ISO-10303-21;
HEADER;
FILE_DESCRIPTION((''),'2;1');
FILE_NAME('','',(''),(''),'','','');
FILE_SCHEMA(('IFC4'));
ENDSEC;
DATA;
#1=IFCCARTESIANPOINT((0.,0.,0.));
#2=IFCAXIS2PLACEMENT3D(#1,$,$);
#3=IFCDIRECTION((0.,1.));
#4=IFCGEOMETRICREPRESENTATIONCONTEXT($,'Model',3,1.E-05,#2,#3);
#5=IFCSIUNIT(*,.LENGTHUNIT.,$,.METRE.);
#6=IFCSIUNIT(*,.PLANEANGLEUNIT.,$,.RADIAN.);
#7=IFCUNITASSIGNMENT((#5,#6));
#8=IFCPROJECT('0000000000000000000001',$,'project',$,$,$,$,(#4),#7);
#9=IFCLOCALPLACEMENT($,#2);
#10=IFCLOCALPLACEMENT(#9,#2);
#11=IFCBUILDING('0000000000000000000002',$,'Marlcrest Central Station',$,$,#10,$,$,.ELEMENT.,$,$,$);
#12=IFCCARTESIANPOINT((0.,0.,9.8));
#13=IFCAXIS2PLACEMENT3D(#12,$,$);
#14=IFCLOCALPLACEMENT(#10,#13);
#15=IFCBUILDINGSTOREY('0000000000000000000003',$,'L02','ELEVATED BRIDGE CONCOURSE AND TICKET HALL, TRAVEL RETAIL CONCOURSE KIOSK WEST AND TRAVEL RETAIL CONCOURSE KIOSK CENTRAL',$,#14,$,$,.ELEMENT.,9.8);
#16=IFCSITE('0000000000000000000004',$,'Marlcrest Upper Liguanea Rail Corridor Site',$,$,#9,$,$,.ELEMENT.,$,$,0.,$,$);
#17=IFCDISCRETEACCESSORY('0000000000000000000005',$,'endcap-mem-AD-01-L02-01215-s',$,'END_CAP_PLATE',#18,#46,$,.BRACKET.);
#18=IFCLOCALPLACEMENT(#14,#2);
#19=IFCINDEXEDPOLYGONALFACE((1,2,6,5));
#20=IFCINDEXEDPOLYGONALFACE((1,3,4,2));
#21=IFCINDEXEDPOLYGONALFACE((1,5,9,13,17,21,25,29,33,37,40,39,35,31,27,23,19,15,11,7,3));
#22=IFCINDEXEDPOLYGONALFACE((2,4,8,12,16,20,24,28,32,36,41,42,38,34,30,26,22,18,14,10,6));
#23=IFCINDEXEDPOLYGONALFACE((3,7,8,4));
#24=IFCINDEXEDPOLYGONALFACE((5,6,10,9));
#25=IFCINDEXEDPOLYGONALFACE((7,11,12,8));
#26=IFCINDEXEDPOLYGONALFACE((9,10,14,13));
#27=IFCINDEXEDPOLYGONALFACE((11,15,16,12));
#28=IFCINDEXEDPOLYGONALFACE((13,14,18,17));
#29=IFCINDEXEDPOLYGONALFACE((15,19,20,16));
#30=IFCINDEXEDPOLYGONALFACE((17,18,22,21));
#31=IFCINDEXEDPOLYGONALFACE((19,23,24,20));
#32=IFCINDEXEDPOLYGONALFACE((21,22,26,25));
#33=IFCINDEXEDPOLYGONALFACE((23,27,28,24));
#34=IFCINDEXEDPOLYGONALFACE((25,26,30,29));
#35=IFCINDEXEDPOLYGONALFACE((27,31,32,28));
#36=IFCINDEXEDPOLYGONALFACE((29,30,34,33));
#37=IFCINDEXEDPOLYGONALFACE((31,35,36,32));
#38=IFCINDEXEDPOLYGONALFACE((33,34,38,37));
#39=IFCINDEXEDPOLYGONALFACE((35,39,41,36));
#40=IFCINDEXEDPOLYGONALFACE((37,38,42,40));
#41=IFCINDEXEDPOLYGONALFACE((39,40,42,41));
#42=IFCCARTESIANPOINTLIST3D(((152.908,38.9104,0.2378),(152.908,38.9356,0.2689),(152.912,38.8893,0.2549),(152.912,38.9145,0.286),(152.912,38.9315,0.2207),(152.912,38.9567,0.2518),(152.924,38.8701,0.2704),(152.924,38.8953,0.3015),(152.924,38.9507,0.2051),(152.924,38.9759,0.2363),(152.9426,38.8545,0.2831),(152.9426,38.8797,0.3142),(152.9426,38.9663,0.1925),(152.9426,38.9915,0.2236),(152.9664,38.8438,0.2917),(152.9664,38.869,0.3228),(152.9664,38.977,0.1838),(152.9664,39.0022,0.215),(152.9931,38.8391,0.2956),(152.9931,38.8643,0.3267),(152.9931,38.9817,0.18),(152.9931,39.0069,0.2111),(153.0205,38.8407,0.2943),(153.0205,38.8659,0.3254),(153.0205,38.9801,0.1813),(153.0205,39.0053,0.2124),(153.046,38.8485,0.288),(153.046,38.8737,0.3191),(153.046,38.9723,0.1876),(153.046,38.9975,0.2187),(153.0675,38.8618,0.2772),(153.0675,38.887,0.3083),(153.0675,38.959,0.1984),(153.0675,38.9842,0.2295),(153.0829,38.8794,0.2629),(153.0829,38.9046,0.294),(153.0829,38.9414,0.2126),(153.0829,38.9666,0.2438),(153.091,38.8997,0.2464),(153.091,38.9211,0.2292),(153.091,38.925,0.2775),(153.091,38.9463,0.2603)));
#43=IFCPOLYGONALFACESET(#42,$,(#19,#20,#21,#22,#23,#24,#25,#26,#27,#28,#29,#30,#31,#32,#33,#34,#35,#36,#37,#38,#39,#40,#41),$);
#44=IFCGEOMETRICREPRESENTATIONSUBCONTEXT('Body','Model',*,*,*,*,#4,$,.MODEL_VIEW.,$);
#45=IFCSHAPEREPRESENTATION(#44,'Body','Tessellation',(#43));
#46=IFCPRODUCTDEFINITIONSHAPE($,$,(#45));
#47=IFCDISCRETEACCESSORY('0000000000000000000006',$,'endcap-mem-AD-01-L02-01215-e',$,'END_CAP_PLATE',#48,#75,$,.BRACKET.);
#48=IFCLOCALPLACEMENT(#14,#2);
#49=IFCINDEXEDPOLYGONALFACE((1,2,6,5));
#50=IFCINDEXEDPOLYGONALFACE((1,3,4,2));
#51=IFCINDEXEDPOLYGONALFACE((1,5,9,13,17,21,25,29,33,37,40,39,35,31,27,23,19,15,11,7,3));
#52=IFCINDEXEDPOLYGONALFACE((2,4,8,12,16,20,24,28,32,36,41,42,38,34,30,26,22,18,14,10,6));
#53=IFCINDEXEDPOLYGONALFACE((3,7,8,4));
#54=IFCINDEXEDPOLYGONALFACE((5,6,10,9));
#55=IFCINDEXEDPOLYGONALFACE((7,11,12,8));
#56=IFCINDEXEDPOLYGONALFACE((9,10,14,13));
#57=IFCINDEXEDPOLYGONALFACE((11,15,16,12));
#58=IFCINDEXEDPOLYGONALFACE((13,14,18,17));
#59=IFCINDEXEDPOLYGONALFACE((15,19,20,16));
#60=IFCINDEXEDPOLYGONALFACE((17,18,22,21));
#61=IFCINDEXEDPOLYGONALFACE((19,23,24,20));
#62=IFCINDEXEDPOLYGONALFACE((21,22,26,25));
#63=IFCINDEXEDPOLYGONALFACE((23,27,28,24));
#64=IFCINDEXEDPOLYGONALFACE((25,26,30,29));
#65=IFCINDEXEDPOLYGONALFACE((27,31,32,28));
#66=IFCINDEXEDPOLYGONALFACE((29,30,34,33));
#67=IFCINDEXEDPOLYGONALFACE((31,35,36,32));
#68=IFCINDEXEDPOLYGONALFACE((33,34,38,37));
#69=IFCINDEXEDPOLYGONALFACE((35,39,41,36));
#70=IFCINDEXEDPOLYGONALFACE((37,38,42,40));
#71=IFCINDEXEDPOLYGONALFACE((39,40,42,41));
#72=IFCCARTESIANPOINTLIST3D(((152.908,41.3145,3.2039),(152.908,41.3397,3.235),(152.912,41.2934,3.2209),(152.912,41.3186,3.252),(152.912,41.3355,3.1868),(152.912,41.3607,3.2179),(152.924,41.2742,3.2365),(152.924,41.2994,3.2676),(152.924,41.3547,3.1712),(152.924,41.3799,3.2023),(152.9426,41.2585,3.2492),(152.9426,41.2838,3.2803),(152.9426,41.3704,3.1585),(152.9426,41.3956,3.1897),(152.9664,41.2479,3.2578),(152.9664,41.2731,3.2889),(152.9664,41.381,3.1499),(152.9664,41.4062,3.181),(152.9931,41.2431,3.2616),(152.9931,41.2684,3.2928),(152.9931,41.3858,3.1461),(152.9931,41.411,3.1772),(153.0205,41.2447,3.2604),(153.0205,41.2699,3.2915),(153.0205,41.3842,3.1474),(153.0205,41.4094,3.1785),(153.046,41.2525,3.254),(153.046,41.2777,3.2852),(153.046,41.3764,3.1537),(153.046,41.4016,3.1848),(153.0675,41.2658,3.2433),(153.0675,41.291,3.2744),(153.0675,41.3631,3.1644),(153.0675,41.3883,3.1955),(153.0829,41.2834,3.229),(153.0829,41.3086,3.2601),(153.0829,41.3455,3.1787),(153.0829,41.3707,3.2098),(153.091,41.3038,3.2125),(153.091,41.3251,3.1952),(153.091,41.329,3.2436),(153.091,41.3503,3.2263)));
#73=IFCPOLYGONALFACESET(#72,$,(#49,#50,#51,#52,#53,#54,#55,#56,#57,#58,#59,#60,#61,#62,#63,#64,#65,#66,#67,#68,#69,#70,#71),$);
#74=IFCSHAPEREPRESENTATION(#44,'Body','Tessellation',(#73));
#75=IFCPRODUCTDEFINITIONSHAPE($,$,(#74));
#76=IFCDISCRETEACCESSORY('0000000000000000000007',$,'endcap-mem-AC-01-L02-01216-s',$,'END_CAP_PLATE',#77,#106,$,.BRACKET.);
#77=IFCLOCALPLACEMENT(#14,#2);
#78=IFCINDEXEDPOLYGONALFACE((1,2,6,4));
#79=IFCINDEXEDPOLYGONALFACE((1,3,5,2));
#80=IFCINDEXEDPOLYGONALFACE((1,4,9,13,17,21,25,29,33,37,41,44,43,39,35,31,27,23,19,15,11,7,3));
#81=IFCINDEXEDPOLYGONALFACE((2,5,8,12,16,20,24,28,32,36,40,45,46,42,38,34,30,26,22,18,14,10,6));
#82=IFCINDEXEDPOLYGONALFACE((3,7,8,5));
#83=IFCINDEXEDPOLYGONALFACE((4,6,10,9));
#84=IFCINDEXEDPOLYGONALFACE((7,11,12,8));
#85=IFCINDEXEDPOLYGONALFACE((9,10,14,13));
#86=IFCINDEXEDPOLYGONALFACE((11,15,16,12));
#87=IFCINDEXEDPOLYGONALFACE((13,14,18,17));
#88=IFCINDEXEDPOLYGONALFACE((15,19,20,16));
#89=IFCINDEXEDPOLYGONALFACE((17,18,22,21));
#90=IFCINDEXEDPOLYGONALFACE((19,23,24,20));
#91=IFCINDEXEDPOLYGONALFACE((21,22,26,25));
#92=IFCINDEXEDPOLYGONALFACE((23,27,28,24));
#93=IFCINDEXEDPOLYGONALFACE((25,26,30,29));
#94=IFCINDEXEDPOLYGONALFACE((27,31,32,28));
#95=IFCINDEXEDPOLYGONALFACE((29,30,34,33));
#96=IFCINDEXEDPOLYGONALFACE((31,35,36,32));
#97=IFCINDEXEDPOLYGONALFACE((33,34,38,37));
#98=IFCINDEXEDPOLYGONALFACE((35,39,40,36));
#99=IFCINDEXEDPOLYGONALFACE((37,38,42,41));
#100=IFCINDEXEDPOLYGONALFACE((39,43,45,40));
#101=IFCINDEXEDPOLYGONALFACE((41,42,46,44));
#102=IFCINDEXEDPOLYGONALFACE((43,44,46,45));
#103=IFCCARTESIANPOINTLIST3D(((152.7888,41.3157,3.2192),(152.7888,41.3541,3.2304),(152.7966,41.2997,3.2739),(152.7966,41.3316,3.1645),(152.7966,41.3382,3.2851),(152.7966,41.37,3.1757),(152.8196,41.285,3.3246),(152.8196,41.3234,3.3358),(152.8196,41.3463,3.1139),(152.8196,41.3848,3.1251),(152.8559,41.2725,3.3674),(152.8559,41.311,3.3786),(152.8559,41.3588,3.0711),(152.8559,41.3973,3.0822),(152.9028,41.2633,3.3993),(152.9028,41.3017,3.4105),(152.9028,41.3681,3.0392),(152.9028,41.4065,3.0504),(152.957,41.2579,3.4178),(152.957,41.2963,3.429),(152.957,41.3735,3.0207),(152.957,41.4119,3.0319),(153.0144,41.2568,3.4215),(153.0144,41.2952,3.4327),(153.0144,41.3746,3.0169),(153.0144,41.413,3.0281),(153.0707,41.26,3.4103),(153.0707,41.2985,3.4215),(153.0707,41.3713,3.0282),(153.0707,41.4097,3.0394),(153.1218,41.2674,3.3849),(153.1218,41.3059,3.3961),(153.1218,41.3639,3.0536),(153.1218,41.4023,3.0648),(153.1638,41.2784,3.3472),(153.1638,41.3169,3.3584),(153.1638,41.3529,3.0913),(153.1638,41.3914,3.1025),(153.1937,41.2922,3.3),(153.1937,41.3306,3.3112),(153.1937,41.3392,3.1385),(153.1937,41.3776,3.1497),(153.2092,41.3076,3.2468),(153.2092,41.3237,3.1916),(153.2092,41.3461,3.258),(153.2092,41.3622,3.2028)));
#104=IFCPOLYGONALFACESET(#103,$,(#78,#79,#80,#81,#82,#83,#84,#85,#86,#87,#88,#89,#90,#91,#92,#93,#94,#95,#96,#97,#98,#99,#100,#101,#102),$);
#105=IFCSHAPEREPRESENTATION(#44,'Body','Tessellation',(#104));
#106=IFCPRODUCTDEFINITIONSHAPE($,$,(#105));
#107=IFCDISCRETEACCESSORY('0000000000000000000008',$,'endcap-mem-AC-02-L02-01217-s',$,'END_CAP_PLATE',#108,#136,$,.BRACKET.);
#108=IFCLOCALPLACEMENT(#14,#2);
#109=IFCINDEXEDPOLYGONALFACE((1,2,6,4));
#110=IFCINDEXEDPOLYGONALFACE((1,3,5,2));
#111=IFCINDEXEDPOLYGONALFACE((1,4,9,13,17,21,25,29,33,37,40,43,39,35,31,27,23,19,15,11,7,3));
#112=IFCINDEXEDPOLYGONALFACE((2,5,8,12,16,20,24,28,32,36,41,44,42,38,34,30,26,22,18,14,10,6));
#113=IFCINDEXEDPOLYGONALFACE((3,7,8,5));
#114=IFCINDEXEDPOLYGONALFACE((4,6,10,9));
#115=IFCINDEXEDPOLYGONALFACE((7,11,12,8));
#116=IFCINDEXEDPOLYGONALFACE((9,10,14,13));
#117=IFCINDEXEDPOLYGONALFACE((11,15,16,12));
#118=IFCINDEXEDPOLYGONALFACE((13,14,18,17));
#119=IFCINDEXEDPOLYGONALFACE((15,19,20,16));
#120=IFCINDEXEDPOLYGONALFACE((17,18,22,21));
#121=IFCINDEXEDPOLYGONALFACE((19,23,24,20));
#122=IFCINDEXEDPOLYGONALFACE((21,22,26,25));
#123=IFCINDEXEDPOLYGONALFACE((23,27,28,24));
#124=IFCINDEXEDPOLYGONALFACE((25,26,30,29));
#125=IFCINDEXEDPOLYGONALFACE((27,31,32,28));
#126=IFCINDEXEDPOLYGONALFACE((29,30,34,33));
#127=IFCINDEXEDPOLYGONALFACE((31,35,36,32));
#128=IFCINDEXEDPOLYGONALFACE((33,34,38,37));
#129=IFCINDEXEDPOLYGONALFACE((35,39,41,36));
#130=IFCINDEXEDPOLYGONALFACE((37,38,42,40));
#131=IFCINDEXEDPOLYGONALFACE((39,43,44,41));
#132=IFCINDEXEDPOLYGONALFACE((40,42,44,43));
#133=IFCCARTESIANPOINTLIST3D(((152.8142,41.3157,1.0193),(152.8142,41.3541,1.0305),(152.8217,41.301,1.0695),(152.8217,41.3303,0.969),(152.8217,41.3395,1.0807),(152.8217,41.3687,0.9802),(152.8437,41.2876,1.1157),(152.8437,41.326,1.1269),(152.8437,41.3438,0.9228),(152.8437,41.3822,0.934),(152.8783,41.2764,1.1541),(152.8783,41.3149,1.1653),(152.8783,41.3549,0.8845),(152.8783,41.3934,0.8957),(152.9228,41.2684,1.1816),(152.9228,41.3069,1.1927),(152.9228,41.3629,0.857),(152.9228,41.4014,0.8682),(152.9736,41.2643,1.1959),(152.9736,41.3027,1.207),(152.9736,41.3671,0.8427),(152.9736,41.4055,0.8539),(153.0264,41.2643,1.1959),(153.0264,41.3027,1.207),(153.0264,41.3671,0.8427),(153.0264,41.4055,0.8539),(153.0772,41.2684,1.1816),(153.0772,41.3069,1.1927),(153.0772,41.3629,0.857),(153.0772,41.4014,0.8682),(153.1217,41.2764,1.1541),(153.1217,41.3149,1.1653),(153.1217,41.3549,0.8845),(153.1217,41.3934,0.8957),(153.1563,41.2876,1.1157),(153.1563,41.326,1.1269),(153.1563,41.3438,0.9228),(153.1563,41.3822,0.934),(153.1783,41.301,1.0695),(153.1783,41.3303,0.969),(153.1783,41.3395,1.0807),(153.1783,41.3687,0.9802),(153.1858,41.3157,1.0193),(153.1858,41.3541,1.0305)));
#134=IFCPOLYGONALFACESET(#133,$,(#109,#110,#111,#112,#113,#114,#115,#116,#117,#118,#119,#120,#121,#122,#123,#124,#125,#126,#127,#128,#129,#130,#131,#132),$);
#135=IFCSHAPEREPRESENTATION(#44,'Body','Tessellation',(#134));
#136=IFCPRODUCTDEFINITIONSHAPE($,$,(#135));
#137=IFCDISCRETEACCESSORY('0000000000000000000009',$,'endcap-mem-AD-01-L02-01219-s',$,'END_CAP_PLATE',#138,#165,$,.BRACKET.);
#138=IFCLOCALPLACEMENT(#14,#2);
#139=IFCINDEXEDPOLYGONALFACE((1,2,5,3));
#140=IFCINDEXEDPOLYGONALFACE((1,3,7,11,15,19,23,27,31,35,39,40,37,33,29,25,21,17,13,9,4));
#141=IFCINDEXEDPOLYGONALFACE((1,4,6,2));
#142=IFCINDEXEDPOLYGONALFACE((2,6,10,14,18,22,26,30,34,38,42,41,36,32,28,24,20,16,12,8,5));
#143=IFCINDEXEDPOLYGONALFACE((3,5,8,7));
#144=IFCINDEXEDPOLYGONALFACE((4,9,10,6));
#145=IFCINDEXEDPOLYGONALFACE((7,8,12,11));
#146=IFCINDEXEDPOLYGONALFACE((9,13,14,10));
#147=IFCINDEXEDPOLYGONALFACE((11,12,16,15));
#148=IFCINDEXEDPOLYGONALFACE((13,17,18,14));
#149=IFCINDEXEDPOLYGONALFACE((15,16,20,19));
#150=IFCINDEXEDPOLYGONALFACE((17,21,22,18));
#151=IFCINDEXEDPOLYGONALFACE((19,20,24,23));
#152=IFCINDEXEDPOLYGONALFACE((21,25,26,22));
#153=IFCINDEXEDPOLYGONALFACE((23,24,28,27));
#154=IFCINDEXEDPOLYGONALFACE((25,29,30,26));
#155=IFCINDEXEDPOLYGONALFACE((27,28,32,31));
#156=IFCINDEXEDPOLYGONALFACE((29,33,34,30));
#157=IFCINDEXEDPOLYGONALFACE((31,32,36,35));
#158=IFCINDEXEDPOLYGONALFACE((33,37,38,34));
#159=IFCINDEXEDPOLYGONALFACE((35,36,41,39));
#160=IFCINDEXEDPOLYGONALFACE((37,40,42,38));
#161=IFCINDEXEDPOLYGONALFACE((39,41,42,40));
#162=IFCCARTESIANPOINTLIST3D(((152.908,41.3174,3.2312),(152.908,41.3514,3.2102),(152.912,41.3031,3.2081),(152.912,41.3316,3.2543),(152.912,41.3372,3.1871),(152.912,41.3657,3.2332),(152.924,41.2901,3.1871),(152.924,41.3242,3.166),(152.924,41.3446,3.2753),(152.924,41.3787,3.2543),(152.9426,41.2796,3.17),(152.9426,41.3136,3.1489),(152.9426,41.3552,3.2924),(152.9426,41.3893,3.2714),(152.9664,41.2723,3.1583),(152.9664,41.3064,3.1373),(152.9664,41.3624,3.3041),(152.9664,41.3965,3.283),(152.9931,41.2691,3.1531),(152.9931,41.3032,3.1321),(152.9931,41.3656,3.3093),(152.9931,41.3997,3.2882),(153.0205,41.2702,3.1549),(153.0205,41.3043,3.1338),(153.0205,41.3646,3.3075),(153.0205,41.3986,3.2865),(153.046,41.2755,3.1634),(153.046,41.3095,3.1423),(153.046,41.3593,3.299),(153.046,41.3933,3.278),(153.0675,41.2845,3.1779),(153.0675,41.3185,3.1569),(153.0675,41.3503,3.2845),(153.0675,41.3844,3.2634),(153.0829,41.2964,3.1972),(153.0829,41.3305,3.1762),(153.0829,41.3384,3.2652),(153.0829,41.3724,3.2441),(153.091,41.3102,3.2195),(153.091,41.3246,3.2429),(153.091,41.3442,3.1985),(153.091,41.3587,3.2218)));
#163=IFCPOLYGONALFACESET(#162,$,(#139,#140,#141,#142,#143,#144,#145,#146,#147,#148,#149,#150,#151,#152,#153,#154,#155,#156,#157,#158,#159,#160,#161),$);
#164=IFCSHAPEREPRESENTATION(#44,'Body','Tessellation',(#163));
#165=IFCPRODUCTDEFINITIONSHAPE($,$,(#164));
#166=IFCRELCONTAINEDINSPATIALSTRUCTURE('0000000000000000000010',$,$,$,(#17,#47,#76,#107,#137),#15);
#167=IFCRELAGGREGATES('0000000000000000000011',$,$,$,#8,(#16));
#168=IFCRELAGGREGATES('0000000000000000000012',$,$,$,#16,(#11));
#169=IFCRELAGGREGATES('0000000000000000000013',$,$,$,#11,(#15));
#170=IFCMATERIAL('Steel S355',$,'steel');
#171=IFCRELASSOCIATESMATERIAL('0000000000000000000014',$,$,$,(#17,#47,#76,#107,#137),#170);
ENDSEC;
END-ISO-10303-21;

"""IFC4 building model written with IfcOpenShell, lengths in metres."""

from ifc_helpers import new_model, si_unit, direction, frame, origin, origin_2d, place, context, subcontext, project, spatial, circle, extrude, material, element, save


model = new_model("IFC4")

# Units and contexts
model_context = context("Model", 3, precision=1e-05, world=origin(), true_north=direction((0.0, 1.0)))
body_context = subcontext(model_context, "Body", "Model", "MODEL_VIEW")
ifc_project = project(units=[si_unit("LENGTHUNIT", "METRE"), si_unit("PLANEANGLEUNIT", "RADIAN")], contexts=[model_context])

# Site, building, storey
site_placement = place(None, origin())
site = spatial("IfcSite", under=ifc_project, at=site_placement, Name="Marlcrest Upper Liguanea Rail Corridor Site", CompositionType="ELEMENT", RefElevation=0.0)
building_placement = place(site_placement, origin())
building = spatial("IfcBuilding", under=site, at=building_placement, Name="Marlcrest Central Station", CompositionType="ELEMENT")
storey_placement = place(building_placement, frame((0.0, 0.0, 9.8)))
storey = spatial("IfcBuildingStorey", under=building, at=storey_placement, Name="L02", Description="ELEVATED BRIDGE CONCOURSE AND TICKET HALL, TRAVEL RETAIL CONCOURSE KIOSK WEST AND TRAVEL RETAIL CONCOURSE KIOSK CENTRAL", CompositionType="ELEMENT", Elevation=9.8)

# Shared definitions
ifc_material_1 = material(Name="Steel S355", Category="steel")

# Discrete accessories
for number, where, z_axis, x_axis, name in (
    (1, (153.0, 38.9104, 0.2378), (0.0, 0.629629, 0.776896), (-1.0, 0.0, 0.0), "endcap-mem-AD-01-L02-01215-s"),
    (2, (153.0, 41.3145, 3.2039), (0.0, 0.629629, 0.776896), (-1.0, 0.0, 0.0), "endcap-mem-AD-01-L02-01215-e"),
):
    element("IfcDiscreteAccessory", number, at=place(storey_placement, frame(where, z_axis=z_axis, x_axis=x_axis)), inside=storey, material=ifc_material_1, Name=name, ObjectType="END_CAP_PLATE", PredefinedType="BRACKET", context=body_context, shape_type="SweptSolid", body=[
        extrude(circle(Radius=0.092, at=origin_2d()), origin(), (0.0, 0.0, 1.0), 0.04),
    ])
discrete_accessory_1_placement = place(storey_placement, frame((153.0, 41.3157, 3.2192), z_axis=(0.0, 0.96013, 0.279554), x_axis=(-1.0, 0.0, 0.0)))
element("IfcDiscreteAccessory", 3, at=discrete_accessory_1_placement, inside=storey, material=ifc_material_1, Name="endcap-mem-AC-01-L02-01216-s", ObjectType="END_CAP_PLATE", PredefinedType="BRACKET", context=body_context, shape_type="SweptSolid", body=[
    extrude(circle(Radius=0.2112, at=origin_2d()), origin(), (0.0, 0.0, 1.0), 0.04),
])
discrete_accessory_2_placement = place(storey_placement, frame((153.0, 41.3157, 1.0193), z_axis=(0.0, 0.96013, 0.279554), x_axis=(-1.0, 0.0, 0.0)))
element("IfcDiscreteAccessory", 4, at=discrete_accessory_2_placement, inside=storey, material=ifc_material_1, Name="endcap-mem-AC-02-L02-01217-s", ObjectType="END_CAP_PLATE", PredefinedType="BRACKET", context=body_context, shape_type="SweptSolid", body=[
    extrude(circle(Radius=0.1858, at=origin_2d()), origin(), (0.0, 0.0, 1.0), 0.04),
])
discrete_accessory_3_placement = place(storey_placement, frame((153.0, 41.3174, 3.2312), z_axis=(0.0, 0.850687, -0.525672), x_axis=(-1.0, 0.0, 0.0)))
element("IfcDiscreteAccessory", 5, at=discrete_accessory_3_placement, inside=storey, material=ifc_material_1, Name="endcap-mem-AD-01-L02-01219-s", ObjectType="END_CAP_PLATE", PredefinedType="BRACKET", context=body_context, shape_type="SweptSolid", body=[
    extrude(circle(Radius=0.092, at=origin_2d()), origin(), (0.0, 0.0, 1.0), 0.04),
])

save(model, "model.ifc")
